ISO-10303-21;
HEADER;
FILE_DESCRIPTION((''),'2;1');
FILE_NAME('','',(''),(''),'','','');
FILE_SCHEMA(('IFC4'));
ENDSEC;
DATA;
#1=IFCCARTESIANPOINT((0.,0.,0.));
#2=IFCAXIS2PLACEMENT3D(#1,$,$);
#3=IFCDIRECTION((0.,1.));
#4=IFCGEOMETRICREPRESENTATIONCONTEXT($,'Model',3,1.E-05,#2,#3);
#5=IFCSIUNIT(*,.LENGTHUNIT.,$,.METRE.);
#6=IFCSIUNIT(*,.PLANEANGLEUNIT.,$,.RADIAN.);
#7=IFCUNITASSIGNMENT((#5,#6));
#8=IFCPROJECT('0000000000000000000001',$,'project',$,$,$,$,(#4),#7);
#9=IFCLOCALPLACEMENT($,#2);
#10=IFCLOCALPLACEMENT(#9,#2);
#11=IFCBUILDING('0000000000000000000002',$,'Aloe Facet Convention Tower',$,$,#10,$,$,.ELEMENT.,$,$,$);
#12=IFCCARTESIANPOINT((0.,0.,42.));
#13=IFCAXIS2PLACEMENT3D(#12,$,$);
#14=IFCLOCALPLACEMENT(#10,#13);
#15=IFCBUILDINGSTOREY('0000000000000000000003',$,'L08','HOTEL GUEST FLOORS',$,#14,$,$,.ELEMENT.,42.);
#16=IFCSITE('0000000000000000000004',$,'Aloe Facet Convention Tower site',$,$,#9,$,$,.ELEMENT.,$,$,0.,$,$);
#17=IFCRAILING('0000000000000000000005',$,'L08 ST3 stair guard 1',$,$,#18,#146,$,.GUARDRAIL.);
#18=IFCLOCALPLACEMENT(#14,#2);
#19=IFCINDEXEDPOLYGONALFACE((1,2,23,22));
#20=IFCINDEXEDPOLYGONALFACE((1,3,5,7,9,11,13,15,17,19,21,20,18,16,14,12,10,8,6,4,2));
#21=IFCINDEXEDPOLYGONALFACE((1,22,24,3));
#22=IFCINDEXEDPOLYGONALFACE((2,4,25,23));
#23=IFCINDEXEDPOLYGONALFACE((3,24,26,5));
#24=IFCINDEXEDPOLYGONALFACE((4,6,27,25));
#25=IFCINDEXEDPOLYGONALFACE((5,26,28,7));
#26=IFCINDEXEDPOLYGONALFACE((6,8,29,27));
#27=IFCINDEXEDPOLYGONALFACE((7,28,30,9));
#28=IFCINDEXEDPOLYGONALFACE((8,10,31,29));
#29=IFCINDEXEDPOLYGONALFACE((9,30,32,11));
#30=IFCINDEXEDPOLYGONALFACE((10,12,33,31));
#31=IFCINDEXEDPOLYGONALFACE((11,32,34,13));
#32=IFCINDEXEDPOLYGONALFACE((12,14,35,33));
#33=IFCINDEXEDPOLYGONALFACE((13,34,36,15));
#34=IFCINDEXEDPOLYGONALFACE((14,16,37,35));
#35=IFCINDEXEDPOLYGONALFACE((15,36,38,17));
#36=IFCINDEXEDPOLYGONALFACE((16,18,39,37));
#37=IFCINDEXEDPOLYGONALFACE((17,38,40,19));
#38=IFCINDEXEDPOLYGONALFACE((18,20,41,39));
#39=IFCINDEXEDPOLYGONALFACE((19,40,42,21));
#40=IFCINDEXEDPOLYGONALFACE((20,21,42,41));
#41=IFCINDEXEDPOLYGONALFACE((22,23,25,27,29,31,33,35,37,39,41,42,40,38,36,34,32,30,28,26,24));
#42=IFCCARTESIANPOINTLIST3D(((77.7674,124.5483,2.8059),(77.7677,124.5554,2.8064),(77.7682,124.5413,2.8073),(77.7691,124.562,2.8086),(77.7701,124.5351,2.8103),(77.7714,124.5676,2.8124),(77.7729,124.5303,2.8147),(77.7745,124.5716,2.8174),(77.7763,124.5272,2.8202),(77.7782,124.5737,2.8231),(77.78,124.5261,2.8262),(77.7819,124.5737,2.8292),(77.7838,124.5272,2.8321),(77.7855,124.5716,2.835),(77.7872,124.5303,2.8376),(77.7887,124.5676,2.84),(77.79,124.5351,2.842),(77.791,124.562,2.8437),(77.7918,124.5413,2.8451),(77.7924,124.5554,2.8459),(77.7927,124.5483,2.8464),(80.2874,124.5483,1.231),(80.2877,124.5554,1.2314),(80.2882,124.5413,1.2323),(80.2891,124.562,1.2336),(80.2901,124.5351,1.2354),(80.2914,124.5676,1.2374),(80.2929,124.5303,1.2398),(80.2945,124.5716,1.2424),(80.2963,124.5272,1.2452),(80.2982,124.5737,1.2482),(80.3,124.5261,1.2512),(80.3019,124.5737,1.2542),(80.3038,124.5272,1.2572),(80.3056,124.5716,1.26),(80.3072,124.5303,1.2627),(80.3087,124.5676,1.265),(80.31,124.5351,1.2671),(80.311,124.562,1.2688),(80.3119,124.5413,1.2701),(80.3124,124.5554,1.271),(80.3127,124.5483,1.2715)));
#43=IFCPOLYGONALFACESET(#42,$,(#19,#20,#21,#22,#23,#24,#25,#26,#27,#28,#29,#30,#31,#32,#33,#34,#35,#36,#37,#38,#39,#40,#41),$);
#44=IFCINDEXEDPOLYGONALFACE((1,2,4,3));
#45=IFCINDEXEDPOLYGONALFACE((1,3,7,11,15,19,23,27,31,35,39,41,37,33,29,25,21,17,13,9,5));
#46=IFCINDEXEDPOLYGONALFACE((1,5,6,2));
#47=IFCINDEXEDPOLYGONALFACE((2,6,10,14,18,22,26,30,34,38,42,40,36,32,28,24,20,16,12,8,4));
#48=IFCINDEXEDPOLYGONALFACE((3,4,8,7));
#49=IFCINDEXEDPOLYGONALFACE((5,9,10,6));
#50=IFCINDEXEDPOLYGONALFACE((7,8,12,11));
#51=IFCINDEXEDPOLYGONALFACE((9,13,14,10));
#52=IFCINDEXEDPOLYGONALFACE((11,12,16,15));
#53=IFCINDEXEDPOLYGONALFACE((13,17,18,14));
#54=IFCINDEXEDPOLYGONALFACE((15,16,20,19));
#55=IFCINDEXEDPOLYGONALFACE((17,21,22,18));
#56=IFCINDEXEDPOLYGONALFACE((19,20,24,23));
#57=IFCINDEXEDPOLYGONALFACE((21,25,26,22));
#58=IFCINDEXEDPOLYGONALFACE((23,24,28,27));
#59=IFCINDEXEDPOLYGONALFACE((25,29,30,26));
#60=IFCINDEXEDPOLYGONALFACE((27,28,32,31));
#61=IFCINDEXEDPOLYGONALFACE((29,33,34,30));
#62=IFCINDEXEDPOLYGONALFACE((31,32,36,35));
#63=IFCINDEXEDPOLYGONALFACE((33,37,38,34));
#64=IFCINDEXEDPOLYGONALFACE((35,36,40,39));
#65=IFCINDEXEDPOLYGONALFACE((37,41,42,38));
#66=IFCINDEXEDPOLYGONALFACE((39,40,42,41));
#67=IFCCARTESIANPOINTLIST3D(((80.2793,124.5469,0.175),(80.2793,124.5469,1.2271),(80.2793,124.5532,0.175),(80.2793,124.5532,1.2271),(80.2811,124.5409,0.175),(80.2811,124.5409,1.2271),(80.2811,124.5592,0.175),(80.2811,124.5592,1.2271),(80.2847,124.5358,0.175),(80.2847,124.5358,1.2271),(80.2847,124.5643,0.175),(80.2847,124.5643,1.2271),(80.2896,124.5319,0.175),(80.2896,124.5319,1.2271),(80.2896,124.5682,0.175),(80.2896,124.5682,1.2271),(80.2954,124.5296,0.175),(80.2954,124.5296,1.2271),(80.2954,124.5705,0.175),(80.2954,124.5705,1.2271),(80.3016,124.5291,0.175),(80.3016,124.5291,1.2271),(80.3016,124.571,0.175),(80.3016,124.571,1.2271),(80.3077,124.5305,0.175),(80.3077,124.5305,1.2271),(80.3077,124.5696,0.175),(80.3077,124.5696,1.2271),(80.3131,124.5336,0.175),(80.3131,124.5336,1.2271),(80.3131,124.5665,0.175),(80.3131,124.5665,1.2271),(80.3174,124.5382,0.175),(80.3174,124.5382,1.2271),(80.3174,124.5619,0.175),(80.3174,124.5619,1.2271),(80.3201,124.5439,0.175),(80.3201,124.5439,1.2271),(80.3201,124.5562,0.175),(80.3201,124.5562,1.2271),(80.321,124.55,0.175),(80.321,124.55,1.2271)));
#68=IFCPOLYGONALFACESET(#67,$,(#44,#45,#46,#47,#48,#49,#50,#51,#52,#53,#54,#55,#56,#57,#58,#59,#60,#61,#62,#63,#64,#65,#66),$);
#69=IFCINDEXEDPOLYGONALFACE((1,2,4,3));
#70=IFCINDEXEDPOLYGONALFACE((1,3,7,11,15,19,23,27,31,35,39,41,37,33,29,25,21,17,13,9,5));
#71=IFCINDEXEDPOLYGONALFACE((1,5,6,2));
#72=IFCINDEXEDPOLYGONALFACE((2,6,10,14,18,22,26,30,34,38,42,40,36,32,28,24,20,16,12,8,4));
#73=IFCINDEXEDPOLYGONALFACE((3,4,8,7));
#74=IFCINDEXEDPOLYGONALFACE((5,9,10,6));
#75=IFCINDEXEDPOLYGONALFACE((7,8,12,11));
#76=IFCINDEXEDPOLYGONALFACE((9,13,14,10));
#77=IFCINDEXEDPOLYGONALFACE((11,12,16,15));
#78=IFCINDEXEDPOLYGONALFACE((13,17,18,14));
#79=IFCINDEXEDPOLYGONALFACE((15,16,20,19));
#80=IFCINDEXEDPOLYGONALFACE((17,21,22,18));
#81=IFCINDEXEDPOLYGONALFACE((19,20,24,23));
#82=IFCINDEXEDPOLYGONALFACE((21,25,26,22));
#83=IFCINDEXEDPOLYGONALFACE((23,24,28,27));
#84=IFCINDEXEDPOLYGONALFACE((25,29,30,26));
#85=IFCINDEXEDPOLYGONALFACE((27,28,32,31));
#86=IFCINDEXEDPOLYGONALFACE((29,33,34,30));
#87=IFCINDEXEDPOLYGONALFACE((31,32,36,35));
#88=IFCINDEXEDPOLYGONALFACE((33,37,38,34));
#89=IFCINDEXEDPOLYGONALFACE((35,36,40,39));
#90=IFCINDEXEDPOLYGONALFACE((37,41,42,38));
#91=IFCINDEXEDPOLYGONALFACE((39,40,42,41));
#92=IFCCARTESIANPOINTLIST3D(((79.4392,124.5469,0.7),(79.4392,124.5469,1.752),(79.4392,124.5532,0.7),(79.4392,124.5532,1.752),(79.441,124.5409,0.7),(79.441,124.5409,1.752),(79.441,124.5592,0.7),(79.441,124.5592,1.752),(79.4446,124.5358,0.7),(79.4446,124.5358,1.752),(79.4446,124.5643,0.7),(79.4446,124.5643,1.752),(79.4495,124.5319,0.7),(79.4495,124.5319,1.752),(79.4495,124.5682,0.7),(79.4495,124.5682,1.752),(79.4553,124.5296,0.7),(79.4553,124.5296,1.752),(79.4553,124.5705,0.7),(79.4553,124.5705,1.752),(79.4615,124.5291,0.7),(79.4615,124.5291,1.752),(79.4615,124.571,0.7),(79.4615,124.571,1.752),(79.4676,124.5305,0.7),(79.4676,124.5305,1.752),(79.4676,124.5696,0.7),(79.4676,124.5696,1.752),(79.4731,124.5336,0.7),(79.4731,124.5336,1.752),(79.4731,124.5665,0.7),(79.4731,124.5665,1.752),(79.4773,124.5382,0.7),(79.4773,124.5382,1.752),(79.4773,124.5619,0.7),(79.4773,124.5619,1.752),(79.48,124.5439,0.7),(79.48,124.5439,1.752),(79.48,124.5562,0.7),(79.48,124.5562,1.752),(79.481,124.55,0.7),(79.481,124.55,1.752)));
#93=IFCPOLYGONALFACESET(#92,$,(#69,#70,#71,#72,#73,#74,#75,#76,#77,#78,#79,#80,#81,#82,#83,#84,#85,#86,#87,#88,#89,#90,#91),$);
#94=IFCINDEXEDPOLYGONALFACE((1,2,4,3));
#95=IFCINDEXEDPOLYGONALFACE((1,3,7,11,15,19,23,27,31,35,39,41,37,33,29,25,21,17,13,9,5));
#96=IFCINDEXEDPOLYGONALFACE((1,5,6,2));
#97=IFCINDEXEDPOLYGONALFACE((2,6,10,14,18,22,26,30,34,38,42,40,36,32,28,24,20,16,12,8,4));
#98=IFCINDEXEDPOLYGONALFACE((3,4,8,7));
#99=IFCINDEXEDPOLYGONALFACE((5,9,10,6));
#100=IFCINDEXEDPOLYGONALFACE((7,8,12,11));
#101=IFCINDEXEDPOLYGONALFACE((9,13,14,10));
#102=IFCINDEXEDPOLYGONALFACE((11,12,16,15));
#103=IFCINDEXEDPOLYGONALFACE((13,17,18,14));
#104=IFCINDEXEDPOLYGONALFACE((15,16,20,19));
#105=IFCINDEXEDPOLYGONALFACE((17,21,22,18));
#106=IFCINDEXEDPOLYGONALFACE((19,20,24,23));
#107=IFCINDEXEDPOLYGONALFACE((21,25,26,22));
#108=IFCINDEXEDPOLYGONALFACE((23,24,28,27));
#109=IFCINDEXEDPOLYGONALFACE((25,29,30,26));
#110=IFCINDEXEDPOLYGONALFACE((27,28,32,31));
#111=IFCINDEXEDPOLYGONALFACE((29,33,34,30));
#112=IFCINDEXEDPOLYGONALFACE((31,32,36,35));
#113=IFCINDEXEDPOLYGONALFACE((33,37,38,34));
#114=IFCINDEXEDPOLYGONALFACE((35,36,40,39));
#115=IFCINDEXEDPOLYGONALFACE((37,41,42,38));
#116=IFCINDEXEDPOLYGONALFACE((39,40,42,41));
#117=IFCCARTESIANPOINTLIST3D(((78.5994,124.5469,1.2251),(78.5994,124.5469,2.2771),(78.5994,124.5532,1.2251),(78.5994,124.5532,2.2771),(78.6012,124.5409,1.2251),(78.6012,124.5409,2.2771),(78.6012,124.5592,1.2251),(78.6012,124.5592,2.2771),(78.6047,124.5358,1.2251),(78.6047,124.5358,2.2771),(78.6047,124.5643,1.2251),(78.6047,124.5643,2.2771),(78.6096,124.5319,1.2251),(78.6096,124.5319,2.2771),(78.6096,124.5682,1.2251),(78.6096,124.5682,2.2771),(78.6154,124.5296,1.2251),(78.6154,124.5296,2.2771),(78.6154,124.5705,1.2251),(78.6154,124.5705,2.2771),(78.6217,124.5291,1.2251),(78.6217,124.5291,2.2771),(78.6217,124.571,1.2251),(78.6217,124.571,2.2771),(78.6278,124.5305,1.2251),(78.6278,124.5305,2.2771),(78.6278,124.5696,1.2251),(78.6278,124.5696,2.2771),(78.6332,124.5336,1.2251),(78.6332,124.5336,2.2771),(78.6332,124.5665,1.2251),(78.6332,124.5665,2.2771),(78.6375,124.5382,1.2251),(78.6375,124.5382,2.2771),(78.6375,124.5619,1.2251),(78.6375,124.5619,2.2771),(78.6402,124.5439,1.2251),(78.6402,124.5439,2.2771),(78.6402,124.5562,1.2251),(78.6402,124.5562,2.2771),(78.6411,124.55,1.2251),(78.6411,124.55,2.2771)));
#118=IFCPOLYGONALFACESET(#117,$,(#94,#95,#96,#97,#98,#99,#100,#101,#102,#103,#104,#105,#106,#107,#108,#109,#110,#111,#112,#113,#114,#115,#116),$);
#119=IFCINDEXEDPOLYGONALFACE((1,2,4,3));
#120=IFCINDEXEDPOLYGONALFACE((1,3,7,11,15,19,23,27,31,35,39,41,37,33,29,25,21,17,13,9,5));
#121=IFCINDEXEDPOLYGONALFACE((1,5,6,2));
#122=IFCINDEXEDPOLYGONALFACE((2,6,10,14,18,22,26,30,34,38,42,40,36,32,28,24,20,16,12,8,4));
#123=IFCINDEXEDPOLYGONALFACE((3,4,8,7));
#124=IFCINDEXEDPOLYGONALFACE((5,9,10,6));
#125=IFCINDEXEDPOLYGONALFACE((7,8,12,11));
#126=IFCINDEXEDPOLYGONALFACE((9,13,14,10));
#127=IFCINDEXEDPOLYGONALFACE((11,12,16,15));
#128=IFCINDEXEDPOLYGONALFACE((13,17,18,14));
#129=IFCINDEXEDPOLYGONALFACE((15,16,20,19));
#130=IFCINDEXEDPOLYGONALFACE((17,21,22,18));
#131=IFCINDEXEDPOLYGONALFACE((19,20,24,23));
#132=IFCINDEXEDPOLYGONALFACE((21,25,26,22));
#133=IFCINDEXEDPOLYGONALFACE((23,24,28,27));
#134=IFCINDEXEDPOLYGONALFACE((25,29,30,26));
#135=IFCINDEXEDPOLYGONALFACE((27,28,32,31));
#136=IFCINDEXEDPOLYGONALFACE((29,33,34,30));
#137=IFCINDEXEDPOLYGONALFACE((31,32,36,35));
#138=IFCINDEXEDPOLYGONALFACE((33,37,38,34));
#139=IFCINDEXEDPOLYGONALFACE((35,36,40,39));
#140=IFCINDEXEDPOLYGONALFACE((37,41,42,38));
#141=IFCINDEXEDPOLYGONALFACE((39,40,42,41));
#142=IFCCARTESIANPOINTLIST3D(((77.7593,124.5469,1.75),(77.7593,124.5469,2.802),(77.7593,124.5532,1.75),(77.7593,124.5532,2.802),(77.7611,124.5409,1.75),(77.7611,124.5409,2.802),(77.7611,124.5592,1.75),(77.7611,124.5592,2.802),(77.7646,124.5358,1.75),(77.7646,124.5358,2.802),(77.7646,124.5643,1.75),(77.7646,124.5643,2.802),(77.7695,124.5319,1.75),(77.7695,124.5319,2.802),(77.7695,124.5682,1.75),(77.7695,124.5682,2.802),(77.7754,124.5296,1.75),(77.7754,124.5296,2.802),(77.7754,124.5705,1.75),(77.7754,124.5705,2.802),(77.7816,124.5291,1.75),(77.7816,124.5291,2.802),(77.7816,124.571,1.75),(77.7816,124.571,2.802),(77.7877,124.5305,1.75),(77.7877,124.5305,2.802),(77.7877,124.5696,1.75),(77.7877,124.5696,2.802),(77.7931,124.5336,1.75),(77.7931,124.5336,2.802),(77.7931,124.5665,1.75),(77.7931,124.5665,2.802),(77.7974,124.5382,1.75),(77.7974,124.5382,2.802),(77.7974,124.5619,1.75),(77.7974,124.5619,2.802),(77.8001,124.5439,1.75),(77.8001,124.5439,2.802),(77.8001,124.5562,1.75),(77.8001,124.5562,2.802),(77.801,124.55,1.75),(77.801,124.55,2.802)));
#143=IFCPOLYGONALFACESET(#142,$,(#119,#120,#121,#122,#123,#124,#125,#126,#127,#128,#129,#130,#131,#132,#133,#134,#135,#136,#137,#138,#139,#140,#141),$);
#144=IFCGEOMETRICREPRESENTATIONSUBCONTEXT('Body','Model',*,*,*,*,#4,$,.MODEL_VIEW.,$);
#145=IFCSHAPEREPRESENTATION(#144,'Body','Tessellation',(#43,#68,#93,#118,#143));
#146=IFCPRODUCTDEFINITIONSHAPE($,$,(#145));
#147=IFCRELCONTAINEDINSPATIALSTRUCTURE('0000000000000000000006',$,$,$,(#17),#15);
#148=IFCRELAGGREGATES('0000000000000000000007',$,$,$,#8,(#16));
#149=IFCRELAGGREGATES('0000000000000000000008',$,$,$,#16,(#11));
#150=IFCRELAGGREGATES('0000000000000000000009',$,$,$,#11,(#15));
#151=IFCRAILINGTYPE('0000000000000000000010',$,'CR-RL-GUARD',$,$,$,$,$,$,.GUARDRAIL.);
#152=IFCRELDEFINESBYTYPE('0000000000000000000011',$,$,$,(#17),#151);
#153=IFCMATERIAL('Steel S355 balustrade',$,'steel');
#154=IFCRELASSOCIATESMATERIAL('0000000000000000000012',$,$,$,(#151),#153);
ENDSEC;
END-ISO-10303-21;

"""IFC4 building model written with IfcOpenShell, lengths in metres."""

from ifc_helpers import new_model, si_unit, direction, frame, origin, origin_2d, place, context, subcontext, project, spatial, circle, extrude, material, type_object, element, save


model = new_model("IFC4")

# Units and contexts
model_context = context("Model", 3, precision=1e-05, world=origin(), true_north=direction((0.0, 1.0)))
body_context = subcontext(model_context, "Body", "Model", "MODEL_VIEW")
ifc_project = project(units=[si_unit("LENGTHUNIT", "METRE"), si_unit("PLANEANGLEUNIT", "RADIAN")], contexts=[model_context])

# Site, building, storey
site_placement = place(None, origin())
site = spatial("IfcSite", under=ifc_project, at=site_placement, Name="Aloe Facet Convention Tower site", CompositionType="ELEMENT", RefElevation=0.0)
building_placement = place(site_placement, origin())
building = spatial("IfcBuilding", under=site, at=building_placement, Name="Aloe Facet Convention Tower", CompositionType="ELEMENT")
storey_placement = place(building_placement, frame((0.0, 0.0, 42.0)))
storey = spatial("IfcBuildingStorey", under=building, at=storey_placement, Name="L08", Description="HOTEL GUEST FLOORS", CompositionType="ELEMENT", Elevation=42.0)

# Railing
ifc_material_1 = material(Name="Steel S355 balustrade", Category="steel")
railing_type_1 = type_object("IfcRailingType", Name="CR-RL-GUARD", PredefinedType="GUARDRAIL", material=ifc_material_1)
railing_1_placement = place(storey_placement, frame((80.3, 124.55, 0.175)))
element("IfcRailing", 1, at=railing_1_placement, inside=storey, type_object=railing_type_1, Name="L08 ST3 stair guard 1", PredefinedType="GUARDRAIL", context=body_context, shape_type="SweptSolid", body=[
    extrude(circle(Radius=0.0239, at=origin_2d()), frame((0.0, 0.0, 1.0762), z_axis=(-0.848008, 0.0, 0.529984), x_axis=(0.0, -1.0, 0.0)), (0.0, 0.0, 1.0), 2.9717),
    extrude(circle(Radius=0.021, at=origin_2d()), origin(), (0.0, 0.0, 1.0), 1.052),
    extrude(circle(Radius=0.021, at=origin_2d()), frame((-0.8401, 0.0, 0.5249)), (0.0, 0.0, 1.0), 1.052),
    extrude(circle(Radius=0.021, at=origin_2d()), frame((-1.6799, 0.0, 1.05)), (0.0, 0.0, 1.0), 1.052),
    extrude(circle(Radius=0.021, at=origin_2d()), frame((-2.52, 0.0, 1.575)), (0.0, 0.0, 1.0), 1.052),
])

save(model, "model.ifc")
